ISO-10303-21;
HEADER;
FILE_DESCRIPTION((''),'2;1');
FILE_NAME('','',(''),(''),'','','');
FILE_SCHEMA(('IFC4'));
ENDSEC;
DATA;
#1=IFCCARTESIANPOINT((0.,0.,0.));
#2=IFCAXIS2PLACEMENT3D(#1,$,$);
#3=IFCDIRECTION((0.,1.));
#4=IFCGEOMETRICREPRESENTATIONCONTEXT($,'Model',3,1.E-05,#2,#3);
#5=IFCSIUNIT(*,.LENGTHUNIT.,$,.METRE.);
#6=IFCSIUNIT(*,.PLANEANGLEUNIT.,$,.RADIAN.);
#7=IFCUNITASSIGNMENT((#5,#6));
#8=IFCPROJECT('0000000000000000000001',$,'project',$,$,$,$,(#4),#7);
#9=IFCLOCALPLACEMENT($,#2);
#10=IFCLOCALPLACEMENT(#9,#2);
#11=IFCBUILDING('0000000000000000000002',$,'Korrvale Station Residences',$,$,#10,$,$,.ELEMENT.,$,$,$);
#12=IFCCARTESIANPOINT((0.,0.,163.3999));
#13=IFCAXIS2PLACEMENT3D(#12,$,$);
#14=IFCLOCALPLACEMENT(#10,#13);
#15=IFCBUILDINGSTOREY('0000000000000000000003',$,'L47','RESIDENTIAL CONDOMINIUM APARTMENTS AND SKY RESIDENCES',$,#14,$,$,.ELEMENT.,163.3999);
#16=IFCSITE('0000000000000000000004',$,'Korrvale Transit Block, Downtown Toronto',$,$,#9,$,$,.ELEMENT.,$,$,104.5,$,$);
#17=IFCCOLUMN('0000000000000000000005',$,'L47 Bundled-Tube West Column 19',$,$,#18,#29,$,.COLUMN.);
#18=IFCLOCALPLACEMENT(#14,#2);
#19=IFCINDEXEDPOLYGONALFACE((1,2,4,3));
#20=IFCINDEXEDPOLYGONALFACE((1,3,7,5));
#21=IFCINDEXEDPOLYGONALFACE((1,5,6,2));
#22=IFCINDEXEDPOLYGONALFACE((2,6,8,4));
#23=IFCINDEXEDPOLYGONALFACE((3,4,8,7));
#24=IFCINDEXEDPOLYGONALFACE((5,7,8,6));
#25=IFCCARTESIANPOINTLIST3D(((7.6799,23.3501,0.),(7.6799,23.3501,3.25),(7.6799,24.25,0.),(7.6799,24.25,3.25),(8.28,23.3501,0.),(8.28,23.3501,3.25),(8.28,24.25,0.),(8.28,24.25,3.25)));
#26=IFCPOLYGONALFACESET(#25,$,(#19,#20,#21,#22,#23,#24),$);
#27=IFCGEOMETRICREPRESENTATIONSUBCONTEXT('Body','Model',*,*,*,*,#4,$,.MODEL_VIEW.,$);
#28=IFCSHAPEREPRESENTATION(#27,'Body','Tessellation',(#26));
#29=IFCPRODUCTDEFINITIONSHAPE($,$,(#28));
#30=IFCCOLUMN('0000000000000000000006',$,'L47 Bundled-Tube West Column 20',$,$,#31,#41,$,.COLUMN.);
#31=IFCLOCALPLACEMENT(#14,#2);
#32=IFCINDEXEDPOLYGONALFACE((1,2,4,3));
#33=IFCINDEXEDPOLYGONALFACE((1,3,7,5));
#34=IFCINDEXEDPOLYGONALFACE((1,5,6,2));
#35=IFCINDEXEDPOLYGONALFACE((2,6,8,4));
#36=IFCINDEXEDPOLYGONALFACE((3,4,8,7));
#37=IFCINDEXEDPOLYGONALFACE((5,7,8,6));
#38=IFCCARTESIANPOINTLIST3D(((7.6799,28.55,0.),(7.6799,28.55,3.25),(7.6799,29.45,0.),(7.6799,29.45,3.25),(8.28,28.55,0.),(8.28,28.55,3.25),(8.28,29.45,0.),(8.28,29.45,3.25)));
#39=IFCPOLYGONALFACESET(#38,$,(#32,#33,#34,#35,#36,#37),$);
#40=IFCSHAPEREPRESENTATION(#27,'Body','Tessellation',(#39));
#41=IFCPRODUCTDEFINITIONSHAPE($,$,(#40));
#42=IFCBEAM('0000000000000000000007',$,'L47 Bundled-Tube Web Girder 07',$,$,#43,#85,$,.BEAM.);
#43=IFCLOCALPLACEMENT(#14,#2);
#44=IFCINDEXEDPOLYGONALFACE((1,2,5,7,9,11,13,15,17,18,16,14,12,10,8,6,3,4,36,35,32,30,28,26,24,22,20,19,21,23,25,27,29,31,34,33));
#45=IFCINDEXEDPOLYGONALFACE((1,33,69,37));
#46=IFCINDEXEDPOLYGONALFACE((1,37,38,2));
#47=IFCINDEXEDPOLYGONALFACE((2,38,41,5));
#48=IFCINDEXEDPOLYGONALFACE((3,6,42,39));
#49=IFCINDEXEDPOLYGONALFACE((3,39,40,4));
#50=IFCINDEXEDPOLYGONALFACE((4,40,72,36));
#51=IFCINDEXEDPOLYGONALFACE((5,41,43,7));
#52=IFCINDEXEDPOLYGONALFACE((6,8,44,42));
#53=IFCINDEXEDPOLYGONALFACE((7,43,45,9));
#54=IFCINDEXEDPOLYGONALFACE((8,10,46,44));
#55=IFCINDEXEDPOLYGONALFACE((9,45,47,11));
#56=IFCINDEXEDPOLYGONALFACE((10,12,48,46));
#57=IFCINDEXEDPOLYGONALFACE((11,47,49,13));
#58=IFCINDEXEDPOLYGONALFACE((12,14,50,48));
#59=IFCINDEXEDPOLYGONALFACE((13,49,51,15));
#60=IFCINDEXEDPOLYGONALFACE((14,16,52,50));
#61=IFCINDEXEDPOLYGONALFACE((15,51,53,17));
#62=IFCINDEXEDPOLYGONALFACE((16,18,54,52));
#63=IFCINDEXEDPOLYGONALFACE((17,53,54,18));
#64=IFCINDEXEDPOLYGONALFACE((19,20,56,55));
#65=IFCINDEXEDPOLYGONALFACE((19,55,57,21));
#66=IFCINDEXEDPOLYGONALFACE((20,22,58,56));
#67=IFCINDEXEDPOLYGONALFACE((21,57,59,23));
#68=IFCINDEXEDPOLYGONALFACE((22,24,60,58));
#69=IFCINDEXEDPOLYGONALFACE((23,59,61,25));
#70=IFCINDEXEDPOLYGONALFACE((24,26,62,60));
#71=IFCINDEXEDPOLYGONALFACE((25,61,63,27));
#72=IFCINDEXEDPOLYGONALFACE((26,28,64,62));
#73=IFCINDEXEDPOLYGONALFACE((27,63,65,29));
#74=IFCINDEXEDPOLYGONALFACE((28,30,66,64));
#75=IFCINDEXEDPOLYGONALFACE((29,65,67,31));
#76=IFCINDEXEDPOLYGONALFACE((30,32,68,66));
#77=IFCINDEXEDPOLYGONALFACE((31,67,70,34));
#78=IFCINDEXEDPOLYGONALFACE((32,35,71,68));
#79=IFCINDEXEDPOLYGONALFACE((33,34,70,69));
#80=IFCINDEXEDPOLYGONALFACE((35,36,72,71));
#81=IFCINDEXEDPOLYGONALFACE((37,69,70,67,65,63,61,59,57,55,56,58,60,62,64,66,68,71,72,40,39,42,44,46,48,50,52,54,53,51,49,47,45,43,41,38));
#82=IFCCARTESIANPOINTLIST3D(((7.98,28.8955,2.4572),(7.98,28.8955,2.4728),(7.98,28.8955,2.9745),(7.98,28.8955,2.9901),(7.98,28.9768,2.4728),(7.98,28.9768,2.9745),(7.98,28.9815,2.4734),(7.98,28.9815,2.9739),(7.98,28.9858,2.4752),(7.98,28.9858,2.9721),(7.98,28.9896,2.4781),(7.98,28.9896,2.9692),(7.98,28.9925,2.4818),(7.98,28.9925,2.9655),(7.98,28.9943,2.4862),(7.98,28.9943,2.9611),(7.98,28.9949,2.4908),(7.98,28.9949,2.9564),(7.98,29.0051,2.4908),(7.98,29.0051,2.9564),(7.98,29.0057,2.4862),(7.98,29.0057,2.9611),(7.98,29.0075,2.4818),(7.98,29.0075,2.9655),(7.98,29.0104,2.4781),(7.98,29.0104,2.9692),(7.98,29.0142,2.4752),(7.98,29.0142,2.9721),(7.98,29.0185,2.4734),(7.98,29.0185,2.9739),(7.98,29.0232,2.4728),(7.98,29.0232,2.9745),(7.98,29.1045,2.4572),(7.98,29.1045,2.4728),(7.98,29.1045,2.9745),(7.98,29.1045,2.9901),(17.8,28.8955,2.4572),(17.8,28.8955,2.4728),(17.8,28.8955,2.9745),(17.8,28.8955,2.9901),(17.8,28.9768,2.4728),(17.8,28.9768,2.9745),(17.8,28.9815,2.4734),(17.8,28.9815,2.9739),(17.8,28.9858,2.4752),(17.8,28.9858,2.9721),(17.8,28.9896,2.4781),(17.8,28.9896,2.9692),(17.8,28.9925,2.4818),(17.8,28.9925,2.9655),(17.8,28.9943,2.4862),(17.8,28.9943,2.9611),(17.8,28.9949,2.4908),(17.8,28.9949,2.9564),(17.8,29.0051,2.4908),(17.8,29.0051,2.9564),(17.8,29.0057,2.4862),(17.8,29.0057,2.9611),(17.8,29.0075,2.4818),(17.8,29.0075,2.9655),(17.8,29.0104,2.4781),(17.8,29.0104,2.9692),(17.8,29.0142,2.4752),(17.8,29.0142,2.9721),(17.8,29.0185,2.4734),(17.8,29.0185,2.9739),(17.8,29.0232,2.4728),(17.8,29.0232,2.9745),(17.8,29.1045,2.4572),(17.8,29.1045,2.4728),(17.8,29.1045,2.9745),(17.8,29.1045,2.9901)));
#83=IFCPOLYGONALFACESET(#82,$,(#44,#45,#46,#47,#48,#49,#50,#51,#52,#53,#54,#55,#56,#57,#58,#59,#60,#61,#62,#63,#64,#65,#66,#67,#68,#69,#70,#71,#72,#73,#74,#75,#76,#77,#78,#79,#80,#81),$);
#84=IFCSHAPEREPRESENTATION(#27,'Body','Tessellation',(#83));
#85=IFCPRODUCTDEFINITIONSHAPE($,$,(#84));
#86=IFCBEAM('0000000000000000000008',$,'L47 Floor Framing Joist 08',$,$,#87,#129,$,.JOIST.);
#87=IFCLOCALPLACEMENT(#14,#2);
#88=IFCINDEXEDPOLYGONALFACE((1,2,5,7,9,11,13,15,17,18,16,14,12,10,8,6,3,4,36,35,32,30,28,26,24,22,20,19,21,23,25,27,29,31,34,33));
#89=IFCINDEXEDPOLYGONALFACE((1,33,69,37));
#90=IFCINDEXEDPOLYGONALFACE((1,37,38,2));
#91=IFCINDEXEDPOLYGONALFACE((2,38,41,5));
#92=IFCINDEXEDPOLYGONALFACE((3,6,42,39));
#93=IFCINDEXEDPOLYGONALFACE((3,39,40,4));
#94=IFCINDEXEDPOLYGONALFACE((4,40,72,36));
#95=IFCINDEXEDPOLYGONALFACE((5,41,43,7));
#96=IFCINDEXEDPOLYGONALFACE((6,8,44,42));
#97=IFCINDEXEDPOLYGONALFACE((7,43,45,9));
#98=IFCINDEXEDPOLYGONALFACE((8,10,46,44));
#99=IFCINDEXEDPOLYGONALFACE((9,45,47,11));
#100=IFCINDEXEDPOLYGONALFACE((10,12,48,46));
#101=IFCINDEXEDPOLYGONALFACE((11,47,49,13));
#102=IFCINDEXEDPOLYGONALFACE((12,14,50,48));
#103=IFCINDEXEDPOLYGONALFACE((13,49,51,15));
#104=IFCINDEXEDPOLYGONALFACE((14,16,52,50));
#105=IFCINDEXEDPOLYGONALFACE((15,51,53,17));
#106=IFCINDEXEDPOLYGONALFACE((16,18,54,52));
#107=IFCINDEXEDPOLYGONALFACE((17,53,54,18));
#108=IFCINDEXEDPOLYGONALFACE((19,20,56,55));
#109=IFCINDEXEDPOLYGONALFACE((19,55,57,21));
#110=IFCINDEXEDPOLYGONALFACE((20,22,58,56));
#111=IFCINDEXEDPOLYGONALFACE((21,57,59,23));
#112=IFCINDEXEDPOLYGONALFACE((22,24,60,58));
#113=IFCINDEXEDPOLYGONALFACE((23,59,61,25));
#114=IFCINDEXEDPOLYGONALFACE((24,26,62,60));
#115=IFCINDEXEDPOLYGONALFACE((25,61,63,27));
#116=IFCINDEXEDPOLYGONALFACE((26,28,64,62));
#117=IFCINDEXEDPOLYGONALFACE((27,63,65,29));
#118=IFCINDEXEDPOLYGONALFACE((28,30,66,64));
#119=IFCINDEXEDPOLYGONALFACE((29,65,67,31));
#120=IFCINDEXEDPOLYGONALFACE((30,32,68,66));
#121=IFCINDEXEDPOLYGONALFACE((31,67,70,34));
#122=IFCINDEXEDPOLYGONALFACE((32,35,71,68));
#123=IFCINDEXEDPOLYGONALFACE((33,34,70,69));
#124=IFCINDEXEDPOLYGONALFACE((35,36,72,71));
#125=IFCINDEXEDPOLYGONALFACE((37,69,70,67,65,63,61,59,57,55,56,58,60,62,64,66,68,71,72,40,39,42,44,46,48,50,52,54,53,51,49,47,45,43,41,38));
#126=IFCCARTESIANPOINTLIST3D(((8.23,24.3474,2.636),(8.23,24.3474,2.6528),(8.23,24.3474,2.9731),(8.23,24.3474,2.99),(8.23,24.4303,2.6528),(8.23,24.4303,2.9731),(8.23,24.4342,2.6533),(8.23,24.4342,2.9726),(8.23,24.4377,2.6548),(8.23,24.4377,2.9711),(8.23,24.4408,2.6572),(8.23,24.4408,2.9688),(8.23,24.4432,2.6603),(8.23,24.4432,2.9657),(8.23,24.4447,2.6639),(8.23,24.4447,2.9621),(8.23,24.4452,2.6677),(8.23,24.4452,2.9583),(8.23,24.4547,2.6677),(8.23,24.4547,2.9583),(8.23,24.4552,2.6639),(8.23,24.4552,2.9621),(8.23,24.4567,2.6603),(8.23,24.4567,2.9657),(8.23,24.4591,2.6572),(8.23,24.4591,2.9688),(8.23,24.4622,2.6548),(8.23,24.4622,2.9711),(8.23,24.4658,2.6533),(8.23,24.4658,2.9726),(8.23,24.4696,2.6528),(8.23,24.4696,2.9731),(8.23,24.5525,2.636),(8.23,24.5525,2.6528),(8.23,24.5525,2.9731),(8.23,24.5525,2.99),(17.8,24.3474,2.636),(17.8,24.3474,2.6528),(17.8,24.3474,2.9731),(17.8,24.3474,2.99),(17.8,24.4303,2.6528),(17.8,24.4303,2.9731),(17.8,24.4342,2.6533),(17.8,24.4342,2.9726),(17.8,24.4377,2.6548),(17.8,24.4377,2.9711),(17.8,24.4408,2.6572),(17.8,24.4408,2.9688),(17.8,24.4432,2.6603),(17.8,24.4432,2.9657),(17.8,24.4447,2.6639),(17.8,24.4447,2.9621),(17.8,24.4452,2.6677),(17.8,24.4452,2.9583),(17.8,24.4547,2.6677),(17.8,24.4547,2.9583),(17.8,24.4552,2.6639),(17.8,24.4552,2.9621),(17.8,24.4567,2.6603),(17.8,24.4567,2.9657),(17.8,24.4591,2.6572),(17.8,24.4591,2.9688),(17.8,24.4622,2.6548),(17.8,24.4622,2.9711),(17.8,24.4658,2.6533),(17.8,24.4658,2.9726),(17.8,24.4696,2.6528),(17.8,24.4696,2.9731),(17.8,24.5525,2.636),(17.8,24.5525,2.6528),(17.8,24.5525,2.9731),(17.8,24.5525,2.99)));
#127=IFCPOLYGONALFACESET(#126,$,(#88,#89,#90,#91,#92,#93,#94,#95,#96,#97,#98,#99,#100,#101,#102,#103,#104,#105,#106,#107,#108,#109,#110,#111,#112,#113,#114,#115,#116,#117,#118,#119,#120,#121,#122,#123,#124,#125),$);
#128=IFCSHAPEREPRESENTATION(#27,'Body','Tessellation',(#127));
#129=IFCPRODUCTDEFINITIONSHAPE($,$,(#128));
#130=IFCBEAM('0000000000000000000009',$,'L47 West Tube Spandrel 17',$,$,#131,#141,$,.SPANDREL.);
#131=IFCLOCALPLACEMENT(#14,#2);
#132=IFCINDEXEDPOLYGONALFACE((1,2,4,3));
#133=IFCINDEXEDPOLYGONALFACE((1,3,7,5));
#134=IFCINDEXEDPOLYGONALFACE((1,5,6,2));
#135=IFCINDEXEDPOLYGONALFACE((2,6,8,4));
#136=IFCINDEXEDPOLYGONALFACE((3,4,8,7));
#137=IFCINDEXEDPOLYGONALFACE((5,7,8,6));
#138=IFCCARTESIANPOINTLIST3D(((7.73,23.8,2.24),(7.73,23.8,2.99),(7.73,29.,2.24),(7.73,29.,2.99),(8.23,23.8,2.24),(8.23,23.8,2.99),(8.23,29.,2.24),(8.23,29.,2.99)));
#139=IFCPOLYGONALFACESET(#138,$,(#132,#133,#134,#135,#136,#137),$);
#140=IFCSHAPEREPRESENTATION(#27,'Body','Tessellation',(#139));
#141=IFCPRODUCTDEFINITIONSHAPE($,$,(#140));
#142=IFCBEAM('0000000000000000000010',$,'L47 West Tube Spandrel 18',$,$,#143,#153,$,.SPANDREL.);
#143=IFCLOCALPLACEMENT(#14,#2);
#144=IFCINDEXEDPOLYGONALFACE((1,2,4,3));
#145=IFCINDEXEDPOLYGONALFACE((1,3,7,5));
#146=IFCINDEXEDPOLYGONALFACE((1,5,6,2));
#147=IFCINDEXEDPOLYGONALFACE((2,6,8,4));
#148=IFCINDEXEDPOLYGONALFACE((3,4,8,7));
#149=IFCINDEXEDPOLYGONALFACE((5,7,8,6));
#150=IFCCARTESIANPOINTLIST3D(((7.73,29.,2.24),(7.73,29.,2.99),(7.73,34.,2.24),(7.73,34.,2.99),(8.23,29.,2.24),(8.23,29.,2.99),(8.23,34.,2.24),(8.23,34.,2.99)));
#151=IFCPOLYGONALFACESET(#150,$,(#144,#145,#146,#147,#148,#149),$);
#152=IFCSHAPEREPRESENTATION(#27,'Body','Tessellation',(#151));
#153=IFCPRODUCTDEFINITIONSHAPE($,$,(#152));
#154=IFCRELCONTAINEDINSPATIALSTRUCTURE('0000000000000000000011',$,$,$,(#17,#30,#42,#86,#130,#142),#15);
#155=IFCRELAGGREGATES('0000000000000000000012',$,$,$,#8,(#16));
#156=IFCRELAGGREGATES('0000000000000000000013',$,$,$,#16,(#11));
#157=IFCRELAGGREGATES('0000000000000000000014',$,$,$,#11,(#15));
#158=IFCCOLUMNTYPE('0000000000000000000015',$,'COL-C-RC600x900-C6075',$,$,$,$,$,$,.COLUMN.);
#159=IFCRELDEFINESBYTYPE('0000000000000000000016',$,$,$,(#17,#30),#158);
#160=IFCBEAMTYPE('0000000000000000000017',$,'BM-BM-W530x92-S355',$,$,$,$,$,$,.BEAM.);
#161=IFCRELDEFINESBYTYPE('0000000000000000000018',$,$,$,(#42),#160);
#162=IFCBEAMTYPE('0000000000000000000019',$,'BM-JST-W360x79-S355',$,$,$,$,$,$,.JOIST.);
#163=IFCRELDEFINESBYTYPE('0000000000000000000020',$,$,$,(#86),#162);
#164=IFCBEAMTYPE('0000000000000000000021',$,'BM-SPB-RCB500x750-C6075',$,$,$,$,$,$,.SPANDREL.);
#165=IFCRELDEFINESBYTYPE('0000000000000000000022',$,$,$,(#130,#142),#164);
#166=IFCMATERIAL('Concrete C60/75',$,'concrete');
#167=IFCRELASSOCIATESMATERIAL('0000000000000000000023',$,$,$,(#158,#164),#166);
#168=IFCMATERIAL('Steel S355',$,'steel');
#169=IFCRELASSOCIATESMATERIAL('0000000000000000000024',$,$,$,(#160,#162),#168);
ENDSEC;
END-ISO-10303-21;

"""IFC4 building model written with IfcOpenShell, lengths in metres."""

from ifc_helpers import new_model, si_unit, direction, frame, origin, origin_2d, place, context, subcontext, project, spatial, rectangle, i_section, extrude, material, material_profile, profile_set, type_object, element, save


model = new_model("IFC4")

# Units and contexts
model_context = context("Model", 3, precision=1e-05, world=origin(), true_north=direction((0.0, 1.0)))
body_context = subcontext(model_context, "Body", "Model", "MODEL_VIEW")
ifc_project = project(units=[si_unit("LENGTHUNIT", "METRE"), si_unit("PLANEANGLEUNIT", "RADIAN")], contexts=[model_context])

# Site, building, storey
site_placement = place(None, origin())
site = spatial("IfcSite", under=ifc_project, at=site_placement, Name="Korrvale Transit Block, Downtown Toronto", CompositionType="ELEMENT", RefElevation=104.5)
building_placement = place(site_placement, origin())
building = spatial("IfcBuilding", under=site, at=building_placement, Name="Korrvale Station Residences", CompositionType="ELEMENT")
storey_placement = place(building_placement, frame((0.0, 0.0, 163.3999)))
storey = spatial("IfcBuildingStorey", under=building, at=storey_placement, Name="L47", Description="RESIDENTIAL CONDOMINIUM APARTMENTS AND SKY RESIDENCES", CompositionType="ELEMENT", Elevation=163.3999)

# Columns
ifc_material_1 = material(Name="Concrete C60/75", Category="concrete")
ifc_material_profile_1 = material_profile(ifc_material_1, rectangle(XDim=0.6001, YDim=0.8999, at=origin_2d()), Name="RC600x900")
ifc_profile_set_1 = profile_set([ifc_material_profile_1], Name="Concrete C60/75")
column_type = type_object("IfcColumnType", Name="COL-C-RC600x900-C6075", PredefinedType="COLUMN", material=ifc_profile_set_1)
for number, where, z_axis, x_axis, name in (
    (1, (7.98, 23.8, 0.0), (0.0, 0.0, 1.0), (1.0, 0.0, 0.0), "L47 Bundled-Tube West Column 19"),
    (2, (7.98, 29.0, 0.0), (0.0, 0.0, 1.0), (1.0, 0.0, 0.0), "L47 Bundled-Tube West Column 20"),
):
    element("IfcColumn", number, at=place(storey_placement, frame(where, z_axis=z_axis, x_axis=x_axis)), inside=storey, type_object=column_type, Name=name, PredefinedType="COLUMN", context=body_context, shape_type="SweptSolid", body=[
        extrude(rectangle(XDim=0.6001, YDim=0.8999, at=origin_2d()), origin(), (0.0, 0.0, 1.0), 3.25),
    ])

# Beams
ifc_material_2 = material(Name="Steel S355", Category="steel")
ifc_material_profile_2 = material_profile(ifc_material_2, i_section(OverallWidth=0.209, OverallDepth=0.533, WebThickness=0.0103, FlangeThickness=0.0156, FilletRadius=0.0181, at=origin_2d()), Name="W530x92")
ifc_profile_set_2 = profile_set([ifc_material_profile_2], Name="Steel S355")
beam_type_1 = type_object("IfcBeamType", Name="BM-BM-W530x92-S355", PredefinedType="BEAM", material=ifc_profile_set_2)
beam_1_placement = place(storey_placement, frame((7.98, 29.0, 2.7236), z_axis=(1.0, 0.0, 0.0), x_axis=(0.0, 1.0, 0.0)))
element("IfcBeam", 3, at=beam_1_placement, inside=storey, type_object=beam_type_1, Name="L47 Bundled-Tube Web Girder 07", PredefinedType="BEAM", context=body_context, shape_type="SweptSolid", body=[
    extrude(i_section(OverallWidth=0.209, OverallDepth=0.533, WebThickness=0.0103, FlangeThickness=0.0156, FilletRadius=0.0181, at=origin_2d()), origin(), (0.0, 0.0, 1.0), 9.8201),
])
ifc_material_profile_3 = material_profile(ifc_material_2, i_section(OverallWidth=0.2051, OverallDepth=0.354, WebThickness=0.0095, FlangeThickness=0.0168, FilletRadius=0.0149, at=origin_2d()), Name="W360x79")
ifc_profile_set_3 = profile_set([ifc_material_profile_3], Name="Steel S355")
beam_type_2 = type_object("IfcBeamType", Name="BM-JST-W360x79-S355", PredefinedType="JOIST", material=ifc_profile_set_3)
beam_2_placement = place(storey_placement, frame((8.23, 24.45, 2.813), z_axis=(1.0, 0.0, 0.0), x_axis=(0.0, 1.0, 0.0)))
element("IfcBeam", 4, at=beam_2_placement, inside=storey, type_object=beam_type_2, Name="L47 Floor Framing Joist 08", PredefinedType="JOIST", context=body_context, shape_type="SweptSolid", body=[
    extrude(i_section(OverallWidth=0.2051, OverallDepth=0.354, WebThickness=0.0095, FlangeThickness=0.0168, FilletRadius=0.0149, at=origin_2d()), origin(), (0.0, 0.0, 1.0), 9.5701),
])
ifc_material_profile_4 = material_profile(ifc_material_1, rectangle(XDim=0.5, YDim=0.75, at=origin_2d()), Name="RCB500x750")
ifc_profile_set_4 = profile_set([ifc_material_profile_4], Name="Concrete C60/75")
beam_type_3 = type_object("IfcBeamType", Name="BM-SPB-RCB500x750-C6075", PredefinedType="SPANDREL", material=ifc_profile_set_4)
beam_3_placement = place(storey_placement, frame((7.98, 23.8, 2.615), z_axis=(0.0, 1.0, 0.0), x_axis=(-1.0, 0.0, 0.0)))
element("IfcBeam", 5, at=beam_3_placement, inside=storey, type_object=beam_type_3, Name="L47 West Tube Spandrel 17", PredefinedType="SPANDREL", context=body_context, shape_type="SweptSolid", body=[
    extrude(rectangle(XDim=0.5, YDim=0.75, at=origin_2d()), origin(), (0.0, 0.0, 1.0), 5.2),
])
beam_4_placement = place(storey_placement, frame((7.98, 29.0, 2.615), z_axis=(0.0, 1.0, 0.0), x_axis=(-1.0, 0.0, 0.0)))
element("IfcBeam", 6, at=beam_4_placement, inside=storey, type_object=beam_type_3, Name="L47 West Tube Spandrel 18", PredefinedType="SPANDREL", context=body_context, shape_type="SweptSolid", body=[
    extrude(rectangle(XDim=0.5, YDim=0.75, at=origin_2d()), origin(), (0.0, 0.0, 1.0), 5.0),
])

save(model, "model.ifc")
